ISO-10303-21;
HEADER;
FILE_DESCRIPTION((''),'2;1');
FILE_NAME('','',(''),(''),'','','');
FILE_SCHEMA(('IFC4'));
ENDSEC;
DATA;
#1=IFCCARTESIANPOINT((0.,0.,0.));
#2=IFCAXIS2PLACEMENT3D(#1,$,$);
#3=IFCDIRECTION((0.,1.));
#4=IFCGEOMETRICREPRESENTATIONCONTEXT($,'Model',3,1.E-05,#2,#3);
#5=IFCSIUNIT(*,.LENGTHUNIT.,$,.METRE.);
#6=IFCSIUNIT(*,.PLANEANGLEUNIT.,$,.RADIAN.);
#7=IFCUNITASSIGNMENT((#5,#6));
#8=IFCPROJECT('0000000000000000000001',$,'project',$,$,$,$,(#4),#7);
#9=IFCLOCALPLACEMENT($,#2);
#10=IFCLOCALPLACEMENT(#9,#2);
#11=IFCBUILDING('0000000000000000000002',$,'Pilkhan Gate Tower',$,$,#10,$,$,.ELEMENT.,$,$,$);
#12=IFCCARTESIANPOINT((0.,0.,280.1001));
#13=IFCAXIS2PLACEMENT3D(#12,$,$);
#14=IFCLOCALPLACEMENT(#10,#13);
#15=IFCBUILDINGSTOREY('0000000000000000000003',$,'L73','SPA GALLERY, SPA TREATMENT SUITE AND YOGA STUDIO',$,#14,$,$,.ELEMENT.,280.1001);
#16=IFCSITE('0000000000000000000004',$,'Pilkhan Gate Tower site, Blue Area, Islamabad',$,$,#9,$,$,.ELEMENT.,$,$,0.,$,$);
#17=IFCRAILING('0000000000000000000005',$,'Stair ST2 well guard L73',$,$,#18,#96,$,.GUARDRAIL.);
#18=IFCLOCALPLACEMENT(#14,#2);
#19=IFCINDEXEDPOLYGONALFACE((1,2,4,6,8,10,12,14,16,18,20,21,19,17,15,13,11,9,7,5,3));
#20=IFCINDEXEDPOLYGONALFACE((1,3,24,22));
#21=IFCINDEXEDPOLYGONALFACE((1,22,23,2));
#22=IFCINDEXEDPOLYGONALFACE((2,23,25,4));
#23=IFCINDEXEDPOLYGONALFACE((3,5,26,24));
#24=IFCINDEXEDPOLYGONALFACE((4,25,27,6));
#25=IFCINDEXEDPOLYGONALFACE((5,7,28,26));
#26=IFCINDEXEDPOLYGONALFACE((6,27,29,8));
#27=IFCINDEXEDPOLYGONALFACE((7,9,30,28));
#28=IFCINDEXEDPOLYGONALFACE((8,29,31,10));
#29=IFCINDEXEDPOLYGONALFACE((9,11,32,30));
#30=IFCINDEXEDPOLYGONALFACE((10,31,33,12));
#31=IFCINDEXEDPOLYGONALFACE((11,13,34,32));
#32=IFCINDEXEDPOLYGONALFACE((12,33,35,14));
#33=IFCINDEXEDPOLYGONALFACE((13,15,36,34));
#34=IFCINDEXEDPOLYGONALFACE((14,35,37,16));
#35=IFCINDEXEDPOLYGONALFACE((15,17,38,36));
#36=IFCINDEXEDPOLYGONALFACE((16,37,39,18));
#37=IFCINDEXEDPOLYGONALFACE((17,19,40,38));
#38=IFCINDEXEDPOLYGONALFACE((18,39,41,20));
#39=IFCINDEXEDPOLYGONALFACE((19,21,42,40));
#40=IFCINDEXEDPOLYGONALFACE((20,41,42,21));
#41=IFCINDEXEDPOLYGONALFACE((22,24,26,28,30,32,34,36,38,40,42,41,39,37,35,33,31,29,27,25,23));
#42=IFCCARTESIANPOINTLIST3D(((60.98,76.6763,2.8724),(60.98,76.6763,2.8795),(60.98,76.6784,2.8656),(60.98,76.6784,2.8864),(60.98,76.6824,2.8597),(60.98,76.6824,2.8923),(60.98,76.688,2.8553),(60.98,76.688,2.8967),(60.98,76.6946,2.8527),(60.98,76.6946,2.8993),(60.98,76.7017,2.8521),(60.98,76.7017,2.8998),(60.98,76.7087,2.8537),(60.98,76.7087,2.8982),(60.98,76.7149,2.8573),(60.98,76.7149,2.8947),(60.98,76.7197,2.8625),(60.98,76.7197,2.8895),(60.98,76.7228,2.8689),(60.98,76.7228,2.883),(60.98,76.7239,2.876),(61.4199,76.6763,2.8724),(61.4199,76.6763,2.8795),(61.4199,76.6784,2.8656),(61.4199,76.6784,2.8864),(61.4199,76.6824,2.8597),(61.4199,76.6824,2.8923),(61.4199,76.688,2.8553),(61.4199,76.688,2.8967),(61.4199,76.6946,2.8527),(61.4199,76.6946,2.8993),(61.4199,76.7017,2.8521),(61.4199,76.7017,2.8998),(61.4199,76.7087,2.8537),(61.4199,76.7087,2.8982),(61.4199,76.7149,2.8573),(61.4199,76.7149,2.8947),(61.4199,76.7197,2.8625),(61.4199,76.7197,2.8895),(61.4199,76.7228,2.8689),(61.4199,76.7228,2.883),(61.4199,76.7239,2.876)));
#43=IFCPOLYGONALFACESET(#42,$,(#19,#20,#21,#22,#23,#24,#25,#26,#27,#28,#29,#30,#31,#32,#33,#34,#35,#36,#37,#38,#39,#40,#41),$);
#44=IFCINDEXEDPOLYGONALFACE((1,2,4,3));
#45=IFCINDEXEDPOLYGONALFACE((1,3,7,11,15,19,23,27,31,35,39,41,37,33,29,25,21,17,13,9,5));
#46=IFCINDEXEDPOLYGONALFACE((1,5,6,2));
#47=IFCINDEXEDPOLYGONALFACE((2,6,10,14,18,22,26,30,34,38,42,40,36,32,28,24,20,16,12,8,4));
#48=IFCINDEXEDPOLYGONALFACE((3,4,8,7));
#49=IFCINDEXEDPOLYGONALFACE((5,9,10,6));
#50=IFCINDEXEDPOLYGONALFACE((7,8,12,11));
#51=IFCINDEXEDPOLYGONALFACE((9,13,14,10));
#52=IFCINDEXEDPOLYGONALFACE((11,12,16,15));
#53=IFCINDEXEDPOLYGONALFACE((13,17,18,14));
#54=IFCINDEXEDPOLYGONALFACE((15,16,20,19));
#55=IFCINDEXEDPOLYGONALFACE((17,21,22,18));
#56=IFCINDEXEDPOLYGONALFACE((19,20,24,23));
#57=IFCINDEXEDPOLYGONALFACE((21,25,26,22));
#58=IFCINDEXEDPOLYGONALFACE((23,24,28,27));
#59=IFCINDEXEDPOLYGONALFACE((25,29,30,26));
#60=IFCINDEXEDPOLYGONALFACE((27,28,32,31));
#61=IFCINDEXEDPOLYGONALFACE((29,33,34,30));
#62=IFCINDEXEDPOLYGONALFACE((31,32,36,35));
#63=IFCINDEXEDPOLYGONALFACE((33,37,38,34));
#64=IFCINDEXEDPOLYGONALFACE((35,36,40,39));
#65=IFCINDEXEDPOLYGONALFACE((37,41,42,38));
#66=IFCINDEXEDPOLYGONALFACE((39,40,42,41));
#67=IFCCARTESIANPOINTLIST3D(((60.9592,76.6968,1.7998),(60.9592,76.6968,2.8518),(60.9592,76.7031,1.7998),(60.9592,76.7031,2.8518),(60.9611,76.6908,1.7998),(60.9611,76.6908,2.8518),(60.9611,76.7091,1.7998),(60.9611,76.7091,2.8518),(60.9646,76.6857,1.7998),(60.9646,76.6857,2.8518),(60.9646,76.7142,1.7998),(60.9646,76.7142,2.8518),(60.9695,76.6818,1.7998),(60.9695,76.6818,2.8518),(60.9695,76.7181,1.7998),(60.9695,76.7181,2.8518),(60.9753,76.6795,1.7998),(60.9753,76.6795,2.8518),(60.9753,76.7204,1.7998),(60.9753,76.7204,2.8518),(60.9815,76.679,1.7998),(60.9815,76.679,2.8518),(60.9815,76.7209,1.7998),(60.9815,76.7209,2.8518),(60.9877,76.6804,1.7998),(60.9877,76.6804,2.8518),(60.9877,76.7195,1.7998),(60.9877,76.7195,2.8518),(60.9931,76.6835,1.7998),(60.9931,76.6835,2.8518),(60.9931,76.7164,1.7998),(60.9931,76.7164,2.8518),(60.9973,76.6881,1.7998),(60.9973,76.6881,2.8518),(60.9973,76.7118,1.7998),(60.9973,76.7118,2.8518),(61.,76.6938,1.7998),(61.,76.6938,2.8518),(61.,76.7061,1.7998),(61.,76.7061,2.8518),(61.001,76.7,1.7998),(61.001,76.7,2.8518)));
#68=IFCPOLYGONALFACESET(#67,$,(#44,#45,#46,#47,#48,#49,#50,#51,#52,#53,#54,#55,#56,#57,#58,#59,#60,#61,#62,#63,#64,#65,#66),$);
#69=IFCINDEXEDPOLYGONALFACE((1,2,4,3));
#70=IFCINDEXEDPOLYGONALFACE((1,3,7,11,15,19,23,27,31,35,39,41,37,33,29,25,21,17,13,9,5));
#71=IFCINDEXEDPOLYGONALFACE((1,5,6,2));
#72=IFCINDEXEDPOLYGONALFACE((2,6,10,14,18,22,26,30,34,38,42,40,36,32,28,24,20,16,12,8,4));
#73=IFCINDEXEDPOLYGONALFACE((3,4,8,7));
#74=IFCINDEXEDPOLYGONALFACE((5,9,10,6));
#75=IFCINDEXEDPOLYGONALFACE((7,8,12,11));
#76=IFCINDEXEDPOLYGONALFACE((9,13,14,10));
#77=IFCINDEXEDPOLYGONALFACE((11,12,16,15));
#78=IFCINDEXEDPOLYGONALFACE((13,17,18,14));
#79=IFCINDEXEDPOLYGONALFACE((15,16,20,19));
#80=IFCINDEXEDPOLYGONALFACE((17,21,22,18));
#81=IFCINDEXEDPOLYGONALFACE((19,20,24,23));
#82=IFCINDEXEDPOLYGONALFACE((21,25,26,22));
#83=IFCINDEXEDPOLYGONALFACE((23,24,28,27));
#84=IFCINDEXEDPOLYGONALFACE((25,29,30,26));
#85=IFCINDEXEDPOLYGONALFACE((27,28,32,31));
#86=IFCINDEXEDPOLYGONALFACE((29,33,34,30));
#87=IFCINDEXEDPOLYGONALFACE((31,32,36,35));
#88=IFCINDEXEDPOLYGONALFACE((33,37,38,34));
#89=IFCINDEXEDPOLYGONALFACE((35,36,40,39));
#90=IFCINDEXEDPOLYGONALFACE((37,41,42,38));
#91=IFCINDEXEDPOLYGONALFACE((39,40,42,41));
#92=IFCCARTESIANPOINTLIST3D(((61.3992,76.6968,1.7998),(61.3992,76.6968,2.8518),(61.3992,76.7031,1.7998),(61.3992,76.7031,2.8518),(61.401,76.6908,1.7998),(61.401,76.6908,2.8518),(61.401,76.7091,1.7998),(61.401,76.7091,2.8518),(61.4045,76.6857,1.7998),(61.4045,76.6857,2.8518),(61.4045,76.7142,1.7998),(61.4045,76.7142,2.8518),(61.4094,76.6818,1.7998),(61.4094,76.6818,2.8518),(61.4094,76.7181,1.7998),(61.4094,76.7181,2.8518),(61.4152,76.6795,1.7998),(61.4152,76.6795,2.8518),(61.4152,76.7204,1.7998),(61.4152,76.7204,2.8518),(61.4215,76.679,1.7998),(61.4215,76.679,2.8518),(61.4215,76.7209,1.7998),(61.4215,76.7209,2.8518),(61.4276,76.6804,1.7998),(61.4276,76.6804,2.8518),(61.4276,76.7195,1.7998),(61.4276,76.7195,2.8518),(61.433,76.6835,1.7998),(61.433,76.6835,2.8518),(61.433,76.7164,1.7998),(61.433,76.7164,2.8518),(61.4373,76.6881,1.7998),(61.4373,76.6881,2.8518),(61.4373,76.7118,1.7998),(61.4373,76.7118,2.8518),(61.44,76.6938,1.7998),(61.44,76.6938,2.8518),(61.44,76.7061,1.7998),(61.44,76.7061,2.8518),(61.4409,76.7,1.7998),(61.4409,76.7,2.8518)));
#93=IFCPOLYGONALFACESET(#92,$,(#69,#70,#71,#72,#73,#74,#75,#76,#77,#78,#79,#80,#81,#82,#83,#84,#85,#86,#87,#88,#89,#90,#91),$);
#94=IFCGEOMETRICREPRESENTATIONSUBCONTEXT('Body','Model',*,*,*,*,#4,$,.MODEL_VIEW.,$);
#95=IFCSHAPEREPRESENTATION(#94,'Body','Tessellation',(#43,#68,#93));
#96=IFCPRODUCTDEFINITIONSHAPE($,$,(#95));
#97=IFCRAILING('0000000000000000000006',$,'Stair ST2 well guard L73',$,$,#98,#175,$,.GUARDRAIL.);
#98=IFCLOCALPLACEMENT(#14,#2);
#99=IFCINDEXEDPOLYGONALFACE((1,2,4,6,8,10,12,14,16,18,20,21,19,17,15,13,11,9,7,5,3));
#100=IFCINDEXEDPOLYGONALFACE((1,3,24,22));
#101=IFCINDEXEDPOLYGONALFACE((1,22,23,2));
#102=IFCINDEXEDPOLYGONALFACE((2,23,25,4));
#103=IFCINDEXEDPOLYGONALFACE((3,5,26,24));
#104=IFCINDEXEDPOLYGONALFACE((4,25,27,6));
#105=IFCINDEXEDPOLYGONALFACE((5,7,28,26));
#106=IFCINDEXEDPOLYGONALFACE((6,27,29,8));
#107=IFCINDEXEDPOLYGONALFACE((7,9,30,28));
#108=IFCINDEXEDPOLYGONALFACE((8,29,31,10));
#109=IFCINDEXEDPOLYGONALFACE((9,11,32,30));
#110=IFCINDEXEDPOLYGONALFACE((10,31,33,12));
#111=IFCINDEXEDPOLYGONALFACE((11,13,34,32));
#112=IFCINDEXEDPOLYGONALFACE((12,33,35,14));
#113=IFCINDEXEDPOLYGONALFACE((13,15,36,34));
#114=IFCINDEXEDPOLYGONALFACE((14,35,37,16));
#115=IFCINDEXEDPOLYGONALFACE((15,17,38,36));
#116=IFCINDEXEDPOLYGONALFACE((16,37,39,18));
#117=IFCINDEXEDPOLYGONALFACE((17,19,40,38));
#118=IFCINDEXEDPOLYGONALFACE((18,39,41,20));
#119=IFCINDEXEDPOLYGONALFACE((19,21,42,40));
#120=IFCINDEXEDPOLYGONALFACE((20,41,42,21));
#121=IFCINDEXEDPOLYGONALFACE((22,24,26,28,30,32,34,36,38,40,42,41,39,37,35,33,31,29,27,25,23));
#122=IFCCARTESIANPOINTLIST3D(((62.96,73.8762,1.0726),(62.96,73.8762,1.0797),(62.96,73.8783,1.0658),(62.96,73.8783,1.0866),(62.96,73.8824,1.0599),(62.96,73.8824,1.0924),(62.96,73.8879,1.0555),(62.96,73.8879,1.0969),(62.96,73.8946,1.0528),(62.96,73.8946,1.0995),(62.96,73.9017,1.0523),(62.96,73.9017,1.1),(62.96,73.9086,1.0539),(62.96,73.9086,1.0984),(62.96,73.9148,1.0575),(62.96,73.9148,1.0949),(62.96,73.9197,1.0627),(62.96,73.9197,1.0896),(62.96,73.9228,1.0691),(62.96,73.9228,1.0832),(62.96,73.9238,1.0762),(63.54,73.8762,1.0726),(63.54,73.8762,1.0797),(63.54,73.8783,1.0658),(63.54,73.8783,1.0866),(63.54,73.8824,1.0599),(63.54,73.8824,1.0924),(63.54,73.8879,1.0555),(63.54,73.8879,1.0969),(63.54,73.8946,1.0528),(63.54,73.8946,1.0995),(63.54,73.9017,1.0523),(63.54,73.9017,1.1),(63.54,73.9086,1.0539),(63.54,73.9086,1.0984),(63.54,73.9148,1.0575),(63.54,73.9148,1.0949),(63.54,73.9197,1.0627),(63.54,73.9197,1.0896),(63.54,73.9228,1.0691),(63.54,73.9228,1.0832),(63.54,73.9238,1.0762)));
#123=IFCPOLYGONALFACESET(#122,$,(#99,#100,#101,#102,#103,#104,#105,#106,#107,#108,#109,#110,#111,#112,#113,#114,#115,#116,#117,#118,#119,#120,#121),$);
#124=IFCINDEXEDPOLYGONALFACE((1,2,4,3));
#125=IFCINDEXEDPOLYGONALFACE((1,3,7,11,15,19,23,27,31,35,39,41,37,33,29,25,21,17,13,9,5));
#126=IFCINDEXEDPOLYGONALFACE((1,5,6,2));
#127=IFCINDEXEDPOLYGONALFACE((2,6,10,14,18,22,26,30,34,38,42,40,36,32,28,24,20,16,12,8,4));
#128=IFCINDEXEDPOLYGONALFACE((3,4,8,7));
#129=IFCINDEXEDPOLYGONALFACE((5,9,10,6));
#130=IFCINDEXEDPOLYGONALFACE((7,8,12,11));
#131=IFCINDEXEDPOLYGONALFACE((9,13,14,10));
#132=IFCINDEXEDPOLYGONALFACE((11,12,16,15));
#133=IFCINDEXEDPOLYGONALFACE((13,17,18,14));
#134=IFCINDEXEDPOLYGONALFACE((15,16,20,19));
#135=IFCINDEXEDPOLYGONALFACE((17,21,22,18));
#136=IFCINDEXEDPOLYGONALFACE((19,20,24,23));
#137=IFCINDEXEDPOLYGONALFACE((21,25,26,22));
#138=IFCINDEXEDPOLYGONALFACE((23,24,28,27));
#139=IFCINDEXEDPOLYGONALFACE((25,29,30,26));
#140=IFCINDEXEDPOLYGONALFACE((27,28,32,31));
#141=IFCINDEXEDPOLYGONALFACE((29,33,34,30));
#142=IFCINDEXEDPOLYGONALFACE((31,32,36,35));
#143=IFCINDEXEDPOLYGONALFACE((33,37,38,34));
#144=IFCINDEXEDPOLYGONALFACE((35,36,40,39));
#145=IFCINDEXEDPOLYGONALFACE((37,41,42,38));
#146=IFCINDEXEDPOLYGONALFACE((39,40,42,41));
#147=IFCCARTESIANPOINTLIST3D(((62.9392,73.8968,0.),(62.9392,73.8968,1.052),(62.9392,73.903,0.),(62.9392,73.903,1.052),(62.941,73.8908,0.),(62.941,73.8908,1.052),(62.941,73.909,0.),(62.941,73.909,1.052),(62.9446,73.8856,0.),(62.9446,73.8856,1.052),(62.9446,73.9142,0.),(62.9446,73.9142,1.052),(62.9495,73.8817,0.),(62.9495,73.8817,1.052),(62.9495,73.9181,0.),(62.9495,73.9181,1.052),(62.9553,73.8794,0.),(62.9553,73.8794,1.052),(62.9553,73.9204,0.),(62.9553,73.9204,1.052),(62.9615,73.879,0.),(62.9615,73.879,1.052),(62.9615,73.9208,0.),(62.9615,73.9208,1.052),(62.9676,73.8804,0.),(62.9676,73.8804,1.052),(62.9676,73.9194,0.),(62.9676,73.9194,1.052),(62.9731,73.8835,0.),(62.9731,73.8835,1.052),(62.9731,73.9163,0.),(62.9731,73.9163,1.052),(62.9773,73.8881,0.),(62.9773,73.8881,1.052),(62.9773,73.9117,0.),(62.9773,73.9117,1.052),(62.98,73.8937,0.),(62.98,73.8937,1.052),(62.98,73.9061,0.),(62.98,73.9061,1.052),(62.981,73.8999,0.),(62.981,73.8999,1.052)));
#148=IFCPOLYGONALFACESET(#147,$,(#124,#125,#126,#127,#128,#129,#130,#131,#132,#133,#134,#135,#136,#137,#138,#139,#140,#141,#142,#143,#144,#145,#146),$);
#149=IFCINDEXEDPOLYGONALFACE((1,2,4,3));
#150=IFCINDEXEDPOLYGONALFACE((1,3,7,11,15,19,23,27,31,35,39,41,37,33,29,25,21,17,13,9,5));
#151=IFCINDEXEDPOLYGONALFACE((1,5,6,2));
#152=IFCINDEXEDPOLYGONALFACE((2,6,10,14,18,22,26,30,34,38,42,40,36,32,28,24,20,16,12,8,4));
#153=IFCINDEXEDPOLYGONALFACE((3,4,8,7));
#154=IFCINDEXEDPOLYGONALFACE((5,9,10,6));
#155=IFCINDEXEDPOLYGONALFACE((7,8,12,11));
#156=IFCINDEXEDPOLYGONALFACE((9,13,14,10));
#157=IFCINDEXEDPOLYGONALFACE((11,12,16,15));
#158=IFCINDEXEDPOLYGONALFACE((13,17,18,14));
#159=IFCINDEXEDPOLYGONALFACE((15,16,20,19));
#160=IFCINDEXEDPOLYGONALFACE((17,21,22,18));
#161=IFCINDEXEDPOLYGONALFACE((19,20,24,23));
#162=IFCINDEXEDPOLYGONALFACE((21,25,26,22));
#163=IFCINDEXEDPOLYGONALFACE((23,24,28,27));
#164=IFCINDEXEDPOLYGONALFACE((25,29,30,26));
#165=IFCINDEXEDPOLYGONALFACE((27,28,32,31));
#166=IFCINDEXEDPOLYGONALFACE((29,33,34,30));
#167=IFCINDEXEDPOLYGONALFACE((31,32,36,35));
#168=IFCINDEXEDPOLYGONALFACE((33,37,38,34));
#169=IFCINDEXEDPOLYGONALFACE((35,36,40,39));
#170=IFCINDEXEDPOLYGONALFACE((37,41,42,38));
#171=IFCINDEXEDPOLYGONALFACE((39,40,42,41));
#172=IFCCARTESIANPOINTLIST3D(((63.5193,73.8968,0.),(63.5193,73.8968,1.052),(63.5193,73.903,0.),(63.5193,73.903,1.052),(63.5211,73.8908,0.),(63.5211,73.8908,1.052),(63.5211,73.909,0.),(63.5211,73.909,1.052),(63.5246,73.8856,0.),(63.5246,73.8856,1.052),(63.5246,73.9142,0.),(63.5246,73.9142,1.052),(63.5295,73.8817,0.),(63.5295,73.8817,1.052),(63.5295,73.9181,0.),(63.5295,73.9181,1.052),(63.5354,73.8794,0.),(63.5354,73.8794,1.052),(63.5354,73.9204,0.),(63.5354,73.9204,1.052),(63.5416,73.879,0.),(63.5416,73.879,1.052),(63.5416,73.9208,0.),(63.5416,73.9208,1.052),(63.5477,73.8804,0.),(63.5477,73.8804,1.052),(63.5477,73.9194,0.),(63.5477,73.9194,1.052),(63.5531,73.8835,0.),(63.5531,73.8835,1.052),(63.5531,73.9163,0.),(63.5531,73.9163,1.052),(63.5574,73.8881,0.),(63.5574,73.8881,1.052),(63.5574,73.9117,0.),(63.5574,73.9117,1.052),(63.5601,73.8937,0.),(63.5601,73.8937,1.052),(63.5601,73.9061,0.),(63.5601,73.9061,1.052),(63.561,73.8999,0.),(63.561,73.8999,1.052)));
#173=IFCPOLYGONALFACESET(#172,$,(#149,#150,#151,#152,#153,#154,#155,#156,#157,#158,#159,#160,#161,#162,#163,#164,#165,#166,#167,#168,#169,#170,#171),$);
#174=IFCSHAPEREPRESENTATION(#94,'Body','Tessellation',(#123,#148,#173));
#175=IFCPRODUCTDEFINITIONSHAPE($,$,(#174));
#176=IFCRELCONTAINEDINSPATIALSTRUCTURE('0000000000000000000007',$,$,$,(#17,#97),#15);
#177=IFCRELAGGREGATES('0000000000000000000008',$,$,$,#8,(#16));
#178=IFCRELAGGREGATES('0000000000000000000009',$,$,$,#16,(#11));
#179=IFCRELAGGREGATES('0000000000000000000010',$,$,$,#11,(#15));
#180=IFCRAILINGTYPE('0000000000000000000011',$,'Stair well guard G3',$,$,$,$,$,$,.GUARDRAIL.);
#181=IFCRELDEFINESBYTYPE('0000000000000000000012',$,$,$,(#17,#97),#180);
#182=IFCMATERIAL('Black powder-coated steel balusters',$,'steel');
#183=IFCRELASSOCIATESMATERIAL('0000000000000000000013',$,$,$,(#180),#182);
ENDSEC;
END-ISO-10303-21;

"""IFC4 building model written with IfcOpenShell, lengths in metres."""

from ifc_helpers import new_model, si_unit, direction, frame, origin, origin_2d, place, context, subcontext, project, spatial, circle, extrude, material, type_object, element, save


model = new_model("IFC4")

# Units and contexts
model_context = context("Model", 3, precision=1e-05, world=origin(), true_north=direction((0.0, 1.0)))
body_context = subcontext(model_context, "Body", "Model", "MODEL_VIEW")
ifc_project = project(units=[si_unit("LENGTHUNIT", "METRE"), si_unit("PLANEANGLEUNIT", "RADIAN")], contexts=[model_context])

# Site, building, storey
site_placement = place(None, origin())
site = spatial("IfcSite", under=ifc_project, at=site_placement, Name="Pilkhan Gate Tower site, Blue Area, Islamabad", CompositionType="ELEMENT", RefElevation=0.0)
building_placement = place(site_placement, origin())
building = spatial("IfcBuilding", under=site, at=building_placement, Name="Pilkhan Gate Tower", CompositionType="ELEMENT")
storey_placement = place(building_placement, frame((0.0, 0.0, 280.1001)))
storey = spatial("IfcBuildingStorey", under=building, at=storey_placement, Name="L73", Description="SPA GALLERY, SPA TREATMENT SUITE AND YOGA STUDIO", CompositionType="ELEMENT", Elevation=280.1001)

# Railings
ifc_material_1 = material(Name="Black powder-coated steel balusters", Category="steel")
railing_type_1 = type_object("IfcRailingType", Name="Stair well guard G3", PredefinedType="GUARDRAIL", material=ifc_material_1)
railing_1_placement = place(storey_placement, frame((60.98, 76.7, 1.7998)))
element("IfcRailing", 1, at=railing_1_placement, inside=storey, type_object=railing_type_1, Name="Stair ST2 well guard L73", PredefinedType="GUARDRAIL", context=body_context, shape_type="SweptSolid", body=[
    extrude(circle(Radius=0.0239, at=origin_2d()), frame((0.0, 0.0, 1.0762), z_axis=(1.0, 0.0, 0.0), x_axis=(0.0, 1.0, 0.0)), (0.0, 0.0, 1.0), 0.4399),
    extrude(circle(Radius=0.021, at=origin_2d()), origin(), (0.0, 0.0, 1.0), 1.052),
    extrude(circle(Radius=0.021, at=origin_2d()), frame((0.4399, 0.0, 0.0)), (0.0, 0.0, 1.0), 1.052),
])
for number, where, name in (
    (2, (62.96, 73.8999, 0.0), "Stair ST2 well guard L73"),
):
    element("IfcRailing", number, at=place(storey_placement, frame(where)), inside=storey, type_object=railing_type_1, Name=name, PredefinedType="GUARDRAIL", context=body_context, shape_type="SweptSolid", body=[
        extrude(circle(Radius=0.0239, at=origin_2d()), frame((0.0, 0.0, 1.0762), z_axis=(1.0, 0.0, 0.0), x_axis=(0.0, 1.0, 0.0)), (0.0, 0.0, 1.0), 0.5801),
        extrude(circle(Radius=0.021, at=origin_2d()), origin(), (0.0, 0.0, 1.0), 1.052),
        extrude(circle(Radius=0.021, at=origin_2d()), frame((0.5801, 0.0, 0.0)), (0.0, 0.0, 1.0), 1.052),
    ])

save(model, "model.ifc")
